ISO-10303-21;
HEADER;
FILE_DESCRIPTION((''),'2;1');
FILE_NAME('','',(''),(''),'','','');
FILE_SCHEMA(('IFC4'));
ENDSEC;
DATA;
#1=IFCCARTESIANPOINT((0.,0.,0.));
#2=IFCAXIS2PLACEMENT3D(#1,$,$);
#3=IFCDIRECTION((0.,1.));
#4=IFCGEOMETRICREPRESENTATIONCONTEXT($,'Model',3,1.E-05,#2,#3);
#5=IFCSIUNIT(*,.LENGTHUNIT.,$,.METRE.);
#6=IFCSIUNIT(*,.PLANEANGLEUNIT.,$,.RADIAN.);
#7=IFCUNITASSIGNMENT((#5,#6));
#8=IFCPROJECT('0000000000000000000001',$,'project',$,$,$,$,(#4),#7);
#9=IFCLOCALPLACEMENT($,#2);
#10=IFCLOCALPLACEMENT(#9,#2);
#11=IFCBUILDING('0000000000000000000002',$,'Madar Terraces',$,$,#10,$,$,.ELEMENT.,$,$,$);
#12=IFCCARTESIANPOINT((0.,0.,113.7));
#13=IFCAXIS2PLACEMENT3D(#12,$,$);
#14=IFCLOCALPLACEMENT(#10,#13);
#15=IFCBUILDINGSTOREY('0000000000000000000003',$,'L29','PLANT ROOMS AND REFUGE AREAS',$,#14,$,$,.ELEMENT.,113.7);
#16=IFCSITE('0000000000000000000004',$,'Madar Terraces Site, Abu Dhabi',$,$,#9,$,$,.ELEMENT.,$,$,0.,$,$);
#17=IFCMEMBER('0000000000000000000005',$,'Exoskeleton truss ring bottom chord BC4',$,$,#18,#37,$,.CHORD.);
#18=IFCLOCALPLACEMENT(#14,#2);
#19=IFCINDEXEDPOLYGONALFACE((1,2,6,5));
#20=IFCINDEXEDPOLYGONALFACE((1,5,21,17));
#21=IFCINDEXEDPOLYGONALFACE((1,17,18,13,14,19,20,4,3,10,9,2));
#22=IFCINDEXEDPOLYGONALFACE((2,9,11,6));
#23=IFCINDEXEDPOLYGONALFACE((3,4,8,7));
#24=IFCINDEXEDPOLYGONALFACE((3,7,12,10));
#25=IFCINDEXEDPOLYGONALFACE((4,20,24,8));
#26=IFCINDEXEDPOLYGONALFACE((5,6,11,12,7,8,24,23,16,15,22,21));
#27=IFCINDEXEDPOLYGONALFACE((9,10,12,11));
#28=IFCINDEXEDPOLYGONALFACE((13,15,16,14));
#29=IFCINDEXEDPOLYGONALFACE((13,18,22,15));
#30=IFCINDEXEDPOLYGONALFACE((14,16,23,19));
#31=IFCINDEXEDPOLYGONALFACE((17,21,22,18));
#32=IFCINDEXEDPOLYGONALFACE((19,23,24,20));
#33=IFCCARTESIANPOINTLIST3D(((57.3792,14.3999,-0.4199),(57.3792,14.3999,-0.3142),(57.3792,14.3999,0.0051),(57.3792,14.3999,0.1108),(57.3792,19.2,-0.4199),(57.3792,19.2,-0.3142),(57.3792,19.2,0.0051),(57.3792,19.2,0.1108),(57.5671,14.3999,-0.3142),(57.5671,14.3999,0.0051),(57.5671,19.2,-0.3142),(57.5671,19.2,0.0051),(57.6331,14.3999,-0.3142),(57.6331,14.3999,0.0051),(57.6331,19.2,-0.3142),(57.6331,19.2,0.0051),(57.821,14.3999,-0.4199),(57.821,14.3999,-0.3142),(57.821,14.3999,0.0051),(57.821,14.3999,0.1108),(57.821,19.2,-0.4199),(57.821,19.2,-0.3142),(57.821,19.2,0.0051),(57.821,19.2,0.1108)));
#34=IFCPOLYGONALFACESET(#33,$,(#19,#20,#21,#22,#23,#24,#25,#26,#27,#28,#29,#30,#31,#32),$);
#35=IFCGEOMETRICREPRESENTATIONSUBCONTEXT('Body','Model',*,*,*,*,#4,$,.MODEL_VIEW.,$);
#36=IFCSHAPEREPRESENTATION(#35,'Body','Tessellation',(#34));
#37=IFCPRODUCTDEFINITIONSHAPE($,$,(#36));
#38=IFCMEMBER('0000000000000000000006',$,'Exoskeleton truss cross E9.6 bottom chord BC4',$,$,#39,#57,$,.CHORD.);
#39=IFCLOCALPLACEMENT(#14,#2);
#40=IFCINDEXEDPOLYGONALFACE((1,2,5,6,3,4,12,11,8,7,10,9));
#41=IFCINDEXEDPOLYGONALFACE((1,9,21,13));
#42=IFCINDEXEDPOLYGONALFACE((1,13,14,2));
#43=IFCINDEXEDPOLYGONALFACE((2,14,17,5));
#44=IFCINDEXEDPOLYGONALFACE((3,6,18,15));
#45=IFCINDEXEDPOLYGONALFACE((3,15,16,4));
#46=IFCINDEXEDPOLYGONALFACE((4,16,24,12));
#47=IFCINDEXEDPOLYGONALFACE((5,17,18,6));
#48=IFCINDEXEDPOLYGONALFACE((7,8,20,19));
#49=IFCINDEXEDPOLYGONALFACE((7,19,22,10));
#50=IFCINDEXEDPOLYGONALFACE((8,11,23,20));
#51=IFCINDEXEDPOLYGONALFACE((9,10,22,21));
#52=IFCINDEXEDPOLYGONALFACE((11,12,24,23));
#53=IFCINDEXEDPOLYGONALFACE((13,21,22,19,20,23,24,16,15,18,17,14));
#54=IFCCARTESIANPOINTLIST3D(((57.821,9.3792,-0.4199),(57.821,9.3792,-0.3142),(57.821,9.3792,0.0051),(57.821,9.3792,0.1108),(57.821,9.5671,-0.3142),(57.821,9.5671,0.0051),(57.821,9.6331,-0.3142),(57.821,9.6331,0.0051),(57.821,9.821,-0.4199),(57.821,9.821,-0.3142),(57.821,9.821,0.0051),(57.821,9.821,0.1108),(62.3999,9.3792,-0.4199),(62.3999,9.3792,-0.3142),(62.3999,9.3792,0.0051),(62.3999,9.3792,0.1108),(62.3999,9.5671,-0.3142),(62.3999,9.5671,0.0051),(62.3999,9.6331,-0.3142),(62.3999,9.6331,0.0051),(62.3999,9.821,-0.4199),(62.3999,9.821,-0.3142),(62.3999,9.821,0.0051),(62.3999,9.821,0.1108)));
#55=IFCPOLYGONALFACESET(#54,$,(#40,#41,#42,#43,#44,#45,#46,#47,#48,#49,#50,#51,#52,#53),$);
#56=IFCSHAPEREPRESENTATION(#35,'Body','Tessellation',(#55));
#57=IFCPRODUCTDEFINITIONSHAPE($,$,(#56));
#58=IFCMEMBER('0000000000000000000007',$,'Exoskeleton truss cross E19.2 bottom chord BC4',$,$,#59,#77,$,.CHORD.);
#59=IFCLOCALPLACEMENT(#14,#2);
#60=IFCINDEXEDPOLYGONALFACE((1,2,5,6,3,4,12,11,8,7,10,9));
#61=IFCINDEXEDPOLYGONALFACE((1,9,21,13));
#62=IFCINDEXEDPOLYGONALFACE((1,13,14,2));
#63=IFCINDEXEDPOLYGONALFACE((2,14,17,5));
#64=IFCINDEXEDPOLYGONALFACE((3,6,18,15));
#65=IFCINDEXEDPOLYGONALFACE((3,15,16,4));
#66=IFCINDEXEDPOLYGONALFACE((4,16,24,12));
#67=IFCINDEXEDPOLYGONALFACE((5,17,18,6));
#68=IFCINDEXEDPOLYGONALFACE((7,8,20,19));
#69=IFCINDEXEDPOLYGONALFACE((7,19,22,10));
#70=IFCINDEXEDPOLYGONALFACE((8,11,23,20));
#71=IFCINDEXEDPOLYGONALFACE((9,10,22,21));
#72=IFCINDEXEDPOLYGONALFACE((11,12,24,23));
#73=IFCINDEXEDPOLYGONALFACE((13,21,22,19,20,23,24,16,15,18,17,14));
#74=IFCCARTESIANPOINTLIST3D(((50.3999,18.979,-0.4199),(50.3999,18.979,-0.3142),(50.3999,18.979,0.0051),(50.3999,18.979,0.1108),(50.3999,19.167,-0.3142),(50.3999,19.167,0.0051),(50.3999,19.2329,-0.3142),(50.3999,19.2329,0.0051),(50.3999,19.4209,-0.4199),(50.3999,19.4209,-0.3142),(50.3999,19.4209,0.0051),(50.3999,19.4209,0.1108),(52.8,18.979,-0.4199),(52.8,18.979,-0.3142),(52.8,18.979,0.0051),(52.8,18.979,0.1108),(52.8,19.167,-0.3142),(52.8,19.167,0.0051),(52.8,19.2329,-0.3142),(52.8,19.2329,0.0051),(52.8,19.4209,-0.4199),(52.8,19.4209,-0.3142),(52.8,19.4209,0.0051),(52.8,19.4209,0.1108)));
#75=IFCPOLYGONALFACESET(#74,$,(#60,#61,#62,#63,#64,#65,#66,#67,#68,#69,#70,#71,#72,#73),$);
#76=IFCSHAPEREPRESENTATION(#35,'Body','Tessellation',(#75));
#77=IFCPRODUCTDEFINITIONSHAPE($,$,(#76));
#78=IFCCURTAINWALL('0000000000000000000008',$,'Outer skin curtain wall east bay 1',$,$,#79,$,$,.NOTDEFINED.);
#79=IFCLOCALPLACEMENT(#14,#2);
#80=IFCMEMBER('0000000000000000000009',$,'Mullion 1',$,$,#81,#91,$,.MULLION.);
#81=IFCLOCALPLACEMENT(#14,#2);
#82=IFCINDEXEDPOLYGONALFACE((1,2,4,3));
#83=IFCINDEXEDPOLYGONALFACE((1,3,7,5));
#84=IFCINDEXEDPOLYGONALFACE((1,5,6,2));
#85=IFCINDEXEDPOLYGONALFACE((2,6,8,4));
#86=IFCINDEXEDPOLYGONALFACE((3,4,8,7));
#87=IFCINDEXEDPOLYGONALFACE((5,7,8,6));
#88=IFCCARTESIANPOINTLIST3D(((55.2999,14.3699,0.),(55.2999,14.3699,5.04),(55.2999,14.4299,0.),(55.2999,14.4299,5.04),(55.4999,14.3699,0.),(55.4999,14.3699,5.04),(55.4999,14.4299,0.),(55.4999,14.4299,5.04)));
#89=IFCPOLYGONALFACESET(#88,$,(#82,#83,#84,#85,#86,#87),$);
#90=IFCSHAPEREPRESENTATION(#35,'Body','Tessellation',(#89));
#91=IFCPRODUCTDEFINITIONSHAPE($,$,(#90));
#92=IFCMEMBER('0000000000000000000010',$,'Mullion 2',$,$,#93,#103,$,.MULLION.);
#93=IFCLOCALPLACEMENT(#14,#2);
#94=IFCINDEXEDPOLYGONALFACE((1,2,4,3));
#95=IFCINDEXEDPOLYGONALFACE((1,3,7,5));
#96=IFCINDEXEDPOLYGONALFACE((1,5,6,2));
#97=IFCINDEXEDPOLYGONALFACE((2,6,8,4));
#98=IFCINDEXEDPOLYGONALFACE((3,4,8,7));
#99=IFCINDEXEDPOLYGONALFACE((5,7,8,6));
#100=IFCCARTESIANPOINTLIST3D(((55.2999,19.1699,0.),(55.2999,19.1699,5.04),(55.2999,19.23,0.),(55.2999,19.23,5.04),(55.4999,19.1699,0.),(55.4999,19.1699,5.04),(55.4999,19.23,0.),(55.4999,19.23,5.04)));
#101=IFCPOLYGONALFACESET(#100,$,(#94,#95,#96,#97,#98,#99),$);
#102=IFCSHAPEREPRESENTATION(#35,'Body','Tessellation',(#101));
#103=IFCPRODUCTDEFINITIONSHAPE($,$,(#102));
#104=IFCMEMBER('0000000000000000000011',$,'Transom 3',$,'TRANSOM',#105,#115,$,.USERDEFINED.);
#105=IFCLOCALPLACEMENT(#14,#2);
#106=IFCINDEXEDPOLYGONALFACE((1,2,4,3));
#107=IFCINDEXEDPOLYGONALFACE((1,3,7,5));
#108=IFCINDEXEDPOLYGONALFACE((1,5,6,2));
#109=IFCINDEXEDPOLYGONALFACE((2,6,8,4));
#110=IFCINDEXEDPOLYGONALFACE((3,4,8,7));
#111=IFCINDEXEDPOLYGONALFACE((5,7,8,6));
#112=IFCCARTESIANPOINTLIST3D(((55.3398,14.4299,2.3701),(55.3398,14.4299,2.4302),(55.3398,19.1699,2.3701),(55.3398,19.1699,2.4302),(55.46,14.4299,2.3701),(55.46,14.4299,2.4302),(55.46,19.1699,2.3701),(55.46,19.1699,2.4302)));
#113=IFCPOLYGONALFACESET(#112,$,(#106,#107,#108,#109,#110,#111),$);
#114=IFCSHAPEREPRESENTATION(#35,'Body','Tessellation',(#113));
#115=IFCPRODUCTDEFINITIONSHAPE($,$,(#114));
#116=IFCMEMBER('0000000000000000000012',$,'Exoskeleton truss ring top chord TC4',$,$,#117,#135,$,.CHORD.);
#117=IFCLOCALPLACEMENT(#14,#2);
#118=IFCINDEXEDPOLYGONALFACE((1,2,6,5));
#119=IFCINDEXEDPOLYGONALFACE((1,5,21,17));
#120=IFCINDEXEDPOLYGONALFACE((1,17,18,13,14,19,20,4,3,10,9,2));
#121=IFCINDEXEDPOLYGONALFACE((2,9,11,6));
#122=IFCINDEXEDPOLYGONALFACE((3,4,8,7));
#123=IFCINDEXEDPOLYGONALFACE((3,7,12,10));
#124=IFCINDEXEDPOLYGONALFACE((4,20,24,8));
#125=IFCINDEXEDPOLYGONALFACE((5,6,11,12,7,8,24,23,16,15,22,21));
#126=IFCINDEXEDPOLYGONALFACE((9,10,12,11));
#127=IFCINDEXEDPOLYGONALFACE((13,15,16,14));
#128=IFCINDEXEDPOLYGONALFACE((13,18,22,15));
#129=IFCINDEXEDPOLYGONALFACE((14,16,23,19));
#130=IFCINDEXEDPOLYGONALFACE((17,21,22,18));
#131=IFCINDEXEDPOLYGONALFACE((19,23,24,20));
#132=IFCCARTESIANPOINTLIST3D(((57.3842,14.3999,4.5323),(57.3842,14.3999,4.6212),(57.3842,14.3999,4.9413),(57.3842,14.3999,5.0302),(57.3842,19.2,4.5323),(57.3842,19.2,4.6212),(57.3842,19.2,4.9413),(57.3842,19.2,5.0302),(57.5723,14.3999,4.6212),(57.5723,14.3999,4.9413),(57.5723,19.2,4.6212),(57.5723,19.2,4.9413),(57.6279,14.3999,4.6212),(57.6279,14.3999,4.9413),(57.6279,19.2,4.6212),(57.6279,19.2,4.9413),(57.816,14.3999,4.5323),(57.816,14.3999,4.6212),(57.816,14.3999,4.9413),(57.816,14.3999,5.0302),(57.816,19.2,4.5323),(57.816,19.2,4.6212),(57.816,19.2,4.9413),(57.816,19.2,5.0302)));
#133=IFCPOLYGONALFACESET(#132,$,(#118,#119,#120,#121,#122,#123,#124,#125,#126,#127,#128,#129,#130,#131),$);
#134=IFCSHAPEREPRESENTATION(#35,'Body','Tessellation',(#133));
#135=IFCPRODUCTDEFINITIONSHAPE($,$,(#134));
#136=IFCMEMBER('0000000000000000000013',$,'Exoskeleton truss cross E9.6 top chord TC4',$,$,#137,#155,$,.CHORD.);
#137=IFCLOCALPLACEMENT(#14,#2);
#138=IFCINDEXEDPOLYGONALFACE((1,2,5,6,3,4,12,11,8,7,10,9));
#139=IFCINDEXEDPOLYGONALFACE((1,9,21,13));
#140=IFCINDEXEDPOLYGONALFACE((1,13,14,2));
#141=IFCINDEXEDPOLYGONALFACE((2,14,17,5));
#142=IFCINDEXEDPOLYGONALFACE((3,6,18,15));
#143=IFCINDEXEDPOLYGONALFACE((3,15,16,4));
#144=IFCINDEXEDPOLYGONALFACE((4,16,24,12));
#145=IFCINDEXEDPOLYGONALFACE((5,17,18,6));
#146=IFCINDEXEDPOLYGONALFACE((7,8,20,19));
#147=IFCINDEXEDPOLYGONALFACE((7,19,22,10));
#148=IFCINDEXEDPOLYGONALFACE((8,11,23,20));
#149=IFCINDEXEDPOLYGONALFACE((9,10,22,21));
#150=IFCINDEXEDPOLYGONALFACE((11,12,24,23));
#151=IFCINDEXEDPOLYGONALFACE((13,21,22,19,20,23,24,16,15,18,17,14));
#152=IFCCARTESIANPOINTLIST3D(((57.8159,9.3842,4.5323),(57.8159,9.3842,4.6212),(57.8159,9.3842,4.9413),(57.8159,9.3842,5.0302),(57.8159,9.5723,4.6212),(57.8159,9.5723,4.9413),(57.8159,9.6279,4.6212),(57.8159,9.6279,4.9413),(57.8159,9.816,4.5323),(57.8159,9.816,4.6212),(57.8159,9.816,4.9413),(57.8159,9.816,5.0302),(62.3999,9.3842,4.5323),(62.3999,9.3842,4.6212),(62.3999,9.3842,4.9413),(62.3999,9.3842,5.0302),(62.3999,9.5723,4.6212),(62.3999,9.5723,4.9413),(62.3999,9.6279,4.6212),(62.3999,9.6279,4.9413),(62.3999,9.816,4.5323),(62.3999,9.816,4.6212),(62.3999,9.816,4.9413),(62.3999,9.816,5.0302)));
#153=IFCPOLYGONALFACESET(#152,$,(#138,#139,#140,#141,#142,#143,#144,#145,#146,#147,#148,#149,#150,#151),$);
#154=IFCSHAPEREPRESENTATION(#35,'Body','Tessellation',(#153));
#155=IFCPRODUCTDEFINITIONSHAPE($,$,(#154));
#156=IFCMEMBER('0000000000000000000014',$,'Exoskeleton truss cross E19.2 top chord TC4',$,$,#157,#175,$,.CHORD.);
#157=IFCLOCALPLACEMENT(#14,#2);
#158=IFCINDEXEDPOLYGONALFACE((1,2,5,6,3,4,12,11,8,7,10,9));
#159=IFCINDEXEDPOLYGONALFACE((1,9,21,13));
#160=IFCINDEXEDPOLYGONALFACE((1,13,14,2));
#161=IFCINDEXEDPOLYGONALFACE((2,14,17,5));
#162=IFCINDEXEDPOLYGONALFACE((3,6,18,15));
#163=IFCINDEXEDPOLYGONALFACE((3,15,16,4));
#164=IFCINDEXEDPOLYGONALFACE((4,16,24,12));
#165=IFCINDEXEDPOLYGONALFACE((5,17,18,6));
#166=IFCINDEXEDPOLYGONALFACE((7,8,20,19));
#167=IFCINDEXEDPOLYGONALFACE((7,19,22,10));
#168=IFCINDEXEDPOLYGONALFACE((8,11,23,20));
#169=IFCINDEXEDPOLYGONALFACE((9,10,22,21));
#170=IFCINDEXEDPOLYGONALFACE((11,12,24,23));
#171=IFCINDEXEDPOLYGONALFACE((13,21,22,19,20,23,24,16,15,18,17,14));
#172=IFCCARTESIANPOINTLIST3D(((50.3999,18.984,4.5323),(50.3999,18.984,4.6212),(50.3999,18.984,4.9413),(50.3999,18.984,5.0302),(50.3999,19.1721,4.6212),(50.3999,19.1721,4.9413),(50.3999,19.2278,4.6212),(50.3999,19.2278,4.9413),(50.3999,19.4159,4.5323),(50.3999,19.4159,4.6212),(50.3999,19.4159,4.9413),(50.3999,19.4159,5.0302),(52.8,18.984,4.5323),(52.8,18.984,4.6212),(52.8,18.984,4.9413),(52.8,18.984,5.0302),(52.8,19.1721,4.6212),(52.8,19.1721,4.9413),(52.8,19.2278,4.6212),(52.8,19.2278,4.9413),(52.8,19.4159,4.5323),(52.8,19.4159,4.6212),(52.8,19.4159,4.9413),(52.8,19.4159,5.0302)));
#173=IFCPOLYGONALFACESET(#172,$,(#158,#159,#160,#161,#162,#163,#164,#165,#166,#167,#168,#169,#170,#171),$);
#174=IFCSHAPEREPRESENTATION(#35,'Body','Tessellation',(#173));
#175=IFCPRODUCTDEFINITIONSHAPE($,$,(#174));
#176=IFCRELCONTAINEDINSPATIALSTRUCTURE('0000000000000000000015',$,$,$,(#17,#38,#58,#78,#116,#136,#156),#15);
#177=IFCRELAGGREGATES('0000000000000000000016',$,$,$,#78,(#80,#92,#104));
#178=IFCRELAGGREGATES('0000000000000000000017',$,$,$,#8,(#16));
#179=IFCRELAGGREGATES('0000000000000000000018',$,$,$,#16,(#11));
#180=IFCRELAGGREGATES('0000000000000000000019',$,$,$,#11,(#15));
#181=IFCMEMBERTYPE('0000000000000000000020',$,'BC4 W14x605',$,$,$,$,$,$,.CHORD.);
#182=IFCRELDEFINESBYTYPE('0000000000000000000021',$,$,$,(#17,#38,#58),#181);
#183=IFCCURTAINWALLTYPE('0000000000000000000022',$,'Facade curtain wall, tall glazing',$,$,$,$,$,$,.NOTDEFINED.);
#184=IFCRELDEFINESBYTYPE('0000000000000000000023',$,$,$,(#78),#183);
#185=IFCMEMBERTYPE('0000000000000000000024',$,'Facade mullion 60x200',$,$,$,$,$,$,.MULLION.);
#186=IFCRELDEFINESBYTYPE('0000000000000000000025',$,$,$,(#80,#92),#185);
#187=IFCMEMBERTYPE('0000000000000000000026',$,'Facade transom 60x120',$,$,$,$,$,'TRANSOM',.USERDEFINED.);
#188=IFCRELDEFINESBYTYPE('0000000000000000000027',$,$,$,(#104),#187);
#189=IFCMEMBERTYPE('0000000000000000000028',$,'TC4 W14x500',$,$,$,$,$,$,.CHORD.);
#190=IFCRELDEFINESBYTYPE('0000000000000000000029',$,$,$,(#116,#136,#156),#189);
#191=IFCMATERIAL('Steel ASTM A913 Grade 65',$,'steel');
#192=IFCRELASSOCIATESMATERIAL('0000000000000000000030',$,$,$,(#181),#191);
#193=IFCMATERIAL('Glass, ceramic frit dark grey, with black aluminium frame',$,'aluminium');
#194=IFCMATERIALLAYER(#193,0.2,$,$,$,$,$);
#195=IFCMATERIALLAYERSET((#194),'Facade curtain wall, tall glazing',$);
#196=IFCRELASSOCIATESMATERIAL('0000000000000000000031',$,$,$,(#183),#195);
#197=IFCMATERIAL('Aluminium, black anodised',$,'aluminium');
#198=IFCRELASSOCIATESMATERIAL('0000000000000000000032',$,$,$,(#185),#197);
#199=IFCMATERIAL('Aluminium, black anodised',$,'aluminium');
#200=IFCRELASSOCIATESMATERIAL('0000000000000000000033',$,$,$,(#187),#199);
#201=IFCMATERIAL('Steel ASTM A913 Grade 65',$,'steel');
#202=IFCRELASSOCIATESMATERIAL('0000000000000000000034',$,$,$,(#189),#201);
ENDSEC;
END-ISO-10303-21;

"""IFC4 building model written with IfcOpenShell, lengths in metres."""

from ifc_helpers import new_model, si_unit, direction, frame, origin, origin_2d, place, context, subcontext, project, spatial, rectangle, i_section, extrude, material, layer, layer_set, material_profile, profile_set, type_object, element, aggregate, save


model = new_model("IFC4")

# Units and contexts
model_context = context("Model", 3, precision=1e-05, world=origin(), true_north=direction((0.0, 1.0)))
body_context = subcontext(model_context, "Body", "Model", "MODEL_VIEW")
ifc_project = project(units=[si_unit("LENGTHUNIT", "METRE"), si_unit("PLANEANGLEUNIT", "RADIAN")], contexts=[model_context])

# Site, building, storey
site_placement = place(None, origin())
site = spatial("IfcSite", under=ifc_project, at=site_placement, Name="Madar Terraces Site, Abu Dhabi", CompositionType="ELEMENT", RefElevation=0.0)
building_placement = place(site_placement, origin())
building = spatial("IfcBuilding", under=site, at=building_placement, Name="Madar Terraces", CompositionType="ELEMENT")
storey_placement = place(building_placement, frame((0.0, 0.0, 113.7)))
storey = spatial("IfcBuildingStorey", under=building, at=storey_placement, Name="L29", Description="PLANT ROOMS AND REFUGE AREAS", CompositionType="ELEMENT", Elevation=113.7)

# Members
ifc_material_1 = material(Name="Steel ASTM A913 Grade 65", Category="steel")
ifc_material_profile_1 = material_profile(ifc_material_1, i_section(OverallWidth=0.4419, OverallDepth=0.5308, WebThickness=0.0659, FlangeThickness=0.1057, at=origin_2d()), Name="W14x605")
ifc_profile_set_1 = profile_set([ifc_material_profile_1], Name="Steel ASTM A913 Grade 65")
member_type_1 = type_object("IfcMemberType", Name="BC4 W14x605", PredefinedType="CHORD", material=ifc_profile_set_1)
member_1_placement = place(storey_placement, frame((57.6001, 14.3999, -0.1545), z_axis=(0.0, 1.0, 0.0), x_axis=(-1.0, 0.0, 0.0)))
element("IfcMember", 1, at=member_1_placement, inside=storey, type_object=member_type_1, Name="Exoskeleton truss ring bottom chord BC4", PredefinedType="CHORD", context=body_context, shape_type="SweptSolid", body=[
    extrude(i_section(OverallWidth=0.4419, OverallDepth=0.5308, WebThickness=0.0659, FlangeThickness=0.1057, at=origin_2d()), origin(), (0.0, 0.0, 1.0), 4.8),
])
member_2_placement = place(storey_placement, frame((62.3999, 9.6001, -0.1545), z_axis=(-1.0, 0.0, 0.0), x_axis=(0.0, -1.0, 0.0)))
element("IfcMember", 2, at=member_2_placement, inside=storey, type_object=member_type_1, Name="Exoskeleton truss cross E9.6 bottom chord BC4", PredefinedType="CHORD", context=body_context, shape_type="SweptSolid", body=[
    extrude(i_section(OverallWidth=0.4419, OverallDepth=0.5308, WebThickness=0.0659, FlangeThickness=0.1057, at=origin_2d()), origin(), (0.0, 0.0, 1.0), 4.5789),
])
member_3_placement = place(storey_placement, frame((52.8, 19.2, -0.1545), z_axis=(-1.0, 0.0, 0.0), x_axis=(0.0, -1.0, 0.0)))
element("IfcMember", 3, at=member_3_placement, inside=storey, type_object=member_type_1, Name="Exoskeleton truss cross E19.2 bottom chord BC4", PredefinedType="CHORD", context=body_context, shape_type="SweptSolid", body=[
    extrude(i_section(OverallWidth=0.4419, OverallDepth=0.5308, WebThickness=0.0659, FlangeThickness=0.1057, at=origin_2d()), origin(), (0.0, 0.0, 1.0), 2.4001),
])

# Curtain wall, members
ifc_material_2 = material(Name="Glass, ceramic frit dark grey, with black aluminium frame", Category="aluminium")
ifc_layer_1 = layer(ifc_material_2, 0.2)
ifc_layer_set_1 = layer_set([ifc_layer_1], Name="Facade curtain wall, tall glazing")
curtain_wall_type = type_object("IfcCurtainWallType", Name="Facade curtain wall, tall glazing", PredefinedType="NOTDEFINED", material=ifc_layer_set_1)
curtain_wall_placement = place(storey_placement, origin())
curtain_wall = element("IfcCurtainWall", 4, at=curtain_wall_placement, inside=storey, type_object=curtain_wall_type, Name="Outer skin curtain wall east bay 1", PredefinedType="NOTDEFINED")
ifc_material_3 = material(Name="Aluminium, black anodised", Category="aluminium")
ifc_material_profile_2 = material_profile(ifc_material_3, rectangle(XDim=0.2, YDim=0.0601, at=origin_2d()), Name="Facade mullion 60x200")
ifc_profile_set_2 = profile_set([ifc_material_profile_2], Name="Aluminium, black anodised")
member_type_2 = type_object("IfcMemberType", Name="Facade mullion 60x200", PredefinedType="MULLION", material=ifc_profile_set_2)
member_4_placement = place(storey_placement, frame((55.3999, 14.3999, 0.0), z_axis=(0.0, 0.0, 1.0), x_axis=(-1.0, 0.0, 0.0)))
member_4 = element("IfcMember", 5, at=member_4_placement, type_object=member_type_2, Name="Mullion 1", PredefinedType="MULLION", context=body_context, shape_type="SweptSolid", body=[
    extrude(rectangle(XDim=0.2, YDim=0.0601, at=origin_2d()), origin(), (0.0, 0.0, 1.0), 5.04),
])
member_5_placement = place(storey_placement, frame((55.3999, 19.2, 0.0), z_axis=(0.0, 0.0, 1.0), x_axis=(-1.0, 0.0, 0.0)))
member_5 = element("IfcMember", 6, at=member_5_placement, type_object=member_type_2, Name="Mullion 2", PredefinedType="MULLION", context=body_context, shape_type="SweptSolid", body=[
    extrude(rectangle(XDim=0.2, YDim=0.0601, at=origin_2d()), origin(), (0.0, 0.0, 1.0), 5.04),
])
ifc_material_4 = material(Name="Aluminium, black anodised", Category="aluminium")
ifc_material_profile_3 = material_profile(ifc_material_4, rectangle(XDim=0.1201, YDim=0.0601, at=origin_2d()), Name="Facade transom 60x120")
ifc_profile_set_3 = profile_set([ifc_material_profile_3], Name="Aluminium, black anodised")
member_type_3 = type_object("IfcMemberType", Name="Facade transom 60x120", ElementType="TRANSOM", PredefinedType="USERDEFINED", material=ifc_profile_set_3)
member_6_placement = place(storey_placement, frame((55.3999, 14.4299, 2.4001), z_axis=(0.0, 1.0, 0.0), x_axis=(-1.0, 0.0, 0.0)))
member_6 = element("IfcMember", 7, at=member_6_placement, type_object=member_type_3, Name="Transom 3", ObjectType="TRANSOM", PredefinedType="USERDEFINED", context=body_context, shape_type="SweptSolid", body=[
    extrude(rectangle(XDim=0.1201, YDim=0.0601, at=origin_2d()), origin(), (0.0, 0.0, 1.0), 4.74),
])

# Members
ifc_material_5 = material(Name="Steel ASTM A913 Grade 65", Category="steel")
ifc_material_profile_4 = material_profile(ifc_material_5, i_section(OverallWidth=0.4319, OverallDepth=0.4978, WebThickness=0.0557, FlangeThickness=0.0889, at=origin_2d()), Name="W14x500")
ifc_profile_set_4 = profile_set([ifc_material_profile_4], Name="Steel ASTM A913 Grade 65")
member_type_4 = type_object("IfcMemberType", Name="TC4 W14x500", PredefinedType="CHORD", material=ifc_profile_set_4)
member_7_placement = place(storey_placement, frame((57.6001, 14.3999, 4.7812), z_axis=(0.0, 1.0, 0.0), x_axis=(-1.0, 0.0, 0.0)))
element("IfcMember", 8, at=member_7_placement, inside=storey, type_object=member_type_4, Name="Exoskeleton truss ring top chord TC4", PredefinedType="CHORD", context=body_context, shape_type="SweptSolid", body=[
    extrude(i_section(OverallWidth=0.4319, OverallDepth=0.4978, WebThickness=0.0557, FlangeThickness=0.0889, at=origin_2d()), origin(), (0.0, 0.0, 1.0), 4.8),
])
member_8_placement = place(storey_placement, frame((62.3999, 9.6001, 4.7812), z_axis=(-1.0, 0.0, 0.0), x_axis=(0.0, -1.0, 0.0)))
element("IfcMember", 9, at=member_8_placement, inside=storey, type_object=member_type_4, Name="Exoskeleton truss cross E9.6 top chord TC4", PredefinedType="CHORD", context=body_context, shape_type="SweptSolid", body=[
    extrude(i_section(OverallWidth=0.4319, OverallDepth=0.4978, WebThickness=0.0557, FlangeThickness=0.0889, at=origin_2d()), origin(), (0.0, 0.0, 1.0), 4.584),
])
member_9_placement = place(storey_placement, frame((52.8, 19.2, 4.7812), z_axis=(-1.0, 0.0, 0.0), x_axis=(0.0, -1.0, 0.0)))
element("IfcMember", 10, at=member_9_placement, inside=storey, type_object=member_type_4, Name="Exoskeleton truss cross E19.2 top chord TC4", PredefinedType="CHORD", context=body_context, shape_type="SweptSolid", body=[
    extrude(i_section(OverallWidth=0.4319, OverallDepth=0.4978, WebThickness=0.0557, FlangeThickness=0.0889, at=origin_2d()), origin(), (0.0, 0.0, 1.0), 2.4001),
])

aggregate(curtain_wall, [member_4, member_5, member_6])

save(model, "model.ifc")
